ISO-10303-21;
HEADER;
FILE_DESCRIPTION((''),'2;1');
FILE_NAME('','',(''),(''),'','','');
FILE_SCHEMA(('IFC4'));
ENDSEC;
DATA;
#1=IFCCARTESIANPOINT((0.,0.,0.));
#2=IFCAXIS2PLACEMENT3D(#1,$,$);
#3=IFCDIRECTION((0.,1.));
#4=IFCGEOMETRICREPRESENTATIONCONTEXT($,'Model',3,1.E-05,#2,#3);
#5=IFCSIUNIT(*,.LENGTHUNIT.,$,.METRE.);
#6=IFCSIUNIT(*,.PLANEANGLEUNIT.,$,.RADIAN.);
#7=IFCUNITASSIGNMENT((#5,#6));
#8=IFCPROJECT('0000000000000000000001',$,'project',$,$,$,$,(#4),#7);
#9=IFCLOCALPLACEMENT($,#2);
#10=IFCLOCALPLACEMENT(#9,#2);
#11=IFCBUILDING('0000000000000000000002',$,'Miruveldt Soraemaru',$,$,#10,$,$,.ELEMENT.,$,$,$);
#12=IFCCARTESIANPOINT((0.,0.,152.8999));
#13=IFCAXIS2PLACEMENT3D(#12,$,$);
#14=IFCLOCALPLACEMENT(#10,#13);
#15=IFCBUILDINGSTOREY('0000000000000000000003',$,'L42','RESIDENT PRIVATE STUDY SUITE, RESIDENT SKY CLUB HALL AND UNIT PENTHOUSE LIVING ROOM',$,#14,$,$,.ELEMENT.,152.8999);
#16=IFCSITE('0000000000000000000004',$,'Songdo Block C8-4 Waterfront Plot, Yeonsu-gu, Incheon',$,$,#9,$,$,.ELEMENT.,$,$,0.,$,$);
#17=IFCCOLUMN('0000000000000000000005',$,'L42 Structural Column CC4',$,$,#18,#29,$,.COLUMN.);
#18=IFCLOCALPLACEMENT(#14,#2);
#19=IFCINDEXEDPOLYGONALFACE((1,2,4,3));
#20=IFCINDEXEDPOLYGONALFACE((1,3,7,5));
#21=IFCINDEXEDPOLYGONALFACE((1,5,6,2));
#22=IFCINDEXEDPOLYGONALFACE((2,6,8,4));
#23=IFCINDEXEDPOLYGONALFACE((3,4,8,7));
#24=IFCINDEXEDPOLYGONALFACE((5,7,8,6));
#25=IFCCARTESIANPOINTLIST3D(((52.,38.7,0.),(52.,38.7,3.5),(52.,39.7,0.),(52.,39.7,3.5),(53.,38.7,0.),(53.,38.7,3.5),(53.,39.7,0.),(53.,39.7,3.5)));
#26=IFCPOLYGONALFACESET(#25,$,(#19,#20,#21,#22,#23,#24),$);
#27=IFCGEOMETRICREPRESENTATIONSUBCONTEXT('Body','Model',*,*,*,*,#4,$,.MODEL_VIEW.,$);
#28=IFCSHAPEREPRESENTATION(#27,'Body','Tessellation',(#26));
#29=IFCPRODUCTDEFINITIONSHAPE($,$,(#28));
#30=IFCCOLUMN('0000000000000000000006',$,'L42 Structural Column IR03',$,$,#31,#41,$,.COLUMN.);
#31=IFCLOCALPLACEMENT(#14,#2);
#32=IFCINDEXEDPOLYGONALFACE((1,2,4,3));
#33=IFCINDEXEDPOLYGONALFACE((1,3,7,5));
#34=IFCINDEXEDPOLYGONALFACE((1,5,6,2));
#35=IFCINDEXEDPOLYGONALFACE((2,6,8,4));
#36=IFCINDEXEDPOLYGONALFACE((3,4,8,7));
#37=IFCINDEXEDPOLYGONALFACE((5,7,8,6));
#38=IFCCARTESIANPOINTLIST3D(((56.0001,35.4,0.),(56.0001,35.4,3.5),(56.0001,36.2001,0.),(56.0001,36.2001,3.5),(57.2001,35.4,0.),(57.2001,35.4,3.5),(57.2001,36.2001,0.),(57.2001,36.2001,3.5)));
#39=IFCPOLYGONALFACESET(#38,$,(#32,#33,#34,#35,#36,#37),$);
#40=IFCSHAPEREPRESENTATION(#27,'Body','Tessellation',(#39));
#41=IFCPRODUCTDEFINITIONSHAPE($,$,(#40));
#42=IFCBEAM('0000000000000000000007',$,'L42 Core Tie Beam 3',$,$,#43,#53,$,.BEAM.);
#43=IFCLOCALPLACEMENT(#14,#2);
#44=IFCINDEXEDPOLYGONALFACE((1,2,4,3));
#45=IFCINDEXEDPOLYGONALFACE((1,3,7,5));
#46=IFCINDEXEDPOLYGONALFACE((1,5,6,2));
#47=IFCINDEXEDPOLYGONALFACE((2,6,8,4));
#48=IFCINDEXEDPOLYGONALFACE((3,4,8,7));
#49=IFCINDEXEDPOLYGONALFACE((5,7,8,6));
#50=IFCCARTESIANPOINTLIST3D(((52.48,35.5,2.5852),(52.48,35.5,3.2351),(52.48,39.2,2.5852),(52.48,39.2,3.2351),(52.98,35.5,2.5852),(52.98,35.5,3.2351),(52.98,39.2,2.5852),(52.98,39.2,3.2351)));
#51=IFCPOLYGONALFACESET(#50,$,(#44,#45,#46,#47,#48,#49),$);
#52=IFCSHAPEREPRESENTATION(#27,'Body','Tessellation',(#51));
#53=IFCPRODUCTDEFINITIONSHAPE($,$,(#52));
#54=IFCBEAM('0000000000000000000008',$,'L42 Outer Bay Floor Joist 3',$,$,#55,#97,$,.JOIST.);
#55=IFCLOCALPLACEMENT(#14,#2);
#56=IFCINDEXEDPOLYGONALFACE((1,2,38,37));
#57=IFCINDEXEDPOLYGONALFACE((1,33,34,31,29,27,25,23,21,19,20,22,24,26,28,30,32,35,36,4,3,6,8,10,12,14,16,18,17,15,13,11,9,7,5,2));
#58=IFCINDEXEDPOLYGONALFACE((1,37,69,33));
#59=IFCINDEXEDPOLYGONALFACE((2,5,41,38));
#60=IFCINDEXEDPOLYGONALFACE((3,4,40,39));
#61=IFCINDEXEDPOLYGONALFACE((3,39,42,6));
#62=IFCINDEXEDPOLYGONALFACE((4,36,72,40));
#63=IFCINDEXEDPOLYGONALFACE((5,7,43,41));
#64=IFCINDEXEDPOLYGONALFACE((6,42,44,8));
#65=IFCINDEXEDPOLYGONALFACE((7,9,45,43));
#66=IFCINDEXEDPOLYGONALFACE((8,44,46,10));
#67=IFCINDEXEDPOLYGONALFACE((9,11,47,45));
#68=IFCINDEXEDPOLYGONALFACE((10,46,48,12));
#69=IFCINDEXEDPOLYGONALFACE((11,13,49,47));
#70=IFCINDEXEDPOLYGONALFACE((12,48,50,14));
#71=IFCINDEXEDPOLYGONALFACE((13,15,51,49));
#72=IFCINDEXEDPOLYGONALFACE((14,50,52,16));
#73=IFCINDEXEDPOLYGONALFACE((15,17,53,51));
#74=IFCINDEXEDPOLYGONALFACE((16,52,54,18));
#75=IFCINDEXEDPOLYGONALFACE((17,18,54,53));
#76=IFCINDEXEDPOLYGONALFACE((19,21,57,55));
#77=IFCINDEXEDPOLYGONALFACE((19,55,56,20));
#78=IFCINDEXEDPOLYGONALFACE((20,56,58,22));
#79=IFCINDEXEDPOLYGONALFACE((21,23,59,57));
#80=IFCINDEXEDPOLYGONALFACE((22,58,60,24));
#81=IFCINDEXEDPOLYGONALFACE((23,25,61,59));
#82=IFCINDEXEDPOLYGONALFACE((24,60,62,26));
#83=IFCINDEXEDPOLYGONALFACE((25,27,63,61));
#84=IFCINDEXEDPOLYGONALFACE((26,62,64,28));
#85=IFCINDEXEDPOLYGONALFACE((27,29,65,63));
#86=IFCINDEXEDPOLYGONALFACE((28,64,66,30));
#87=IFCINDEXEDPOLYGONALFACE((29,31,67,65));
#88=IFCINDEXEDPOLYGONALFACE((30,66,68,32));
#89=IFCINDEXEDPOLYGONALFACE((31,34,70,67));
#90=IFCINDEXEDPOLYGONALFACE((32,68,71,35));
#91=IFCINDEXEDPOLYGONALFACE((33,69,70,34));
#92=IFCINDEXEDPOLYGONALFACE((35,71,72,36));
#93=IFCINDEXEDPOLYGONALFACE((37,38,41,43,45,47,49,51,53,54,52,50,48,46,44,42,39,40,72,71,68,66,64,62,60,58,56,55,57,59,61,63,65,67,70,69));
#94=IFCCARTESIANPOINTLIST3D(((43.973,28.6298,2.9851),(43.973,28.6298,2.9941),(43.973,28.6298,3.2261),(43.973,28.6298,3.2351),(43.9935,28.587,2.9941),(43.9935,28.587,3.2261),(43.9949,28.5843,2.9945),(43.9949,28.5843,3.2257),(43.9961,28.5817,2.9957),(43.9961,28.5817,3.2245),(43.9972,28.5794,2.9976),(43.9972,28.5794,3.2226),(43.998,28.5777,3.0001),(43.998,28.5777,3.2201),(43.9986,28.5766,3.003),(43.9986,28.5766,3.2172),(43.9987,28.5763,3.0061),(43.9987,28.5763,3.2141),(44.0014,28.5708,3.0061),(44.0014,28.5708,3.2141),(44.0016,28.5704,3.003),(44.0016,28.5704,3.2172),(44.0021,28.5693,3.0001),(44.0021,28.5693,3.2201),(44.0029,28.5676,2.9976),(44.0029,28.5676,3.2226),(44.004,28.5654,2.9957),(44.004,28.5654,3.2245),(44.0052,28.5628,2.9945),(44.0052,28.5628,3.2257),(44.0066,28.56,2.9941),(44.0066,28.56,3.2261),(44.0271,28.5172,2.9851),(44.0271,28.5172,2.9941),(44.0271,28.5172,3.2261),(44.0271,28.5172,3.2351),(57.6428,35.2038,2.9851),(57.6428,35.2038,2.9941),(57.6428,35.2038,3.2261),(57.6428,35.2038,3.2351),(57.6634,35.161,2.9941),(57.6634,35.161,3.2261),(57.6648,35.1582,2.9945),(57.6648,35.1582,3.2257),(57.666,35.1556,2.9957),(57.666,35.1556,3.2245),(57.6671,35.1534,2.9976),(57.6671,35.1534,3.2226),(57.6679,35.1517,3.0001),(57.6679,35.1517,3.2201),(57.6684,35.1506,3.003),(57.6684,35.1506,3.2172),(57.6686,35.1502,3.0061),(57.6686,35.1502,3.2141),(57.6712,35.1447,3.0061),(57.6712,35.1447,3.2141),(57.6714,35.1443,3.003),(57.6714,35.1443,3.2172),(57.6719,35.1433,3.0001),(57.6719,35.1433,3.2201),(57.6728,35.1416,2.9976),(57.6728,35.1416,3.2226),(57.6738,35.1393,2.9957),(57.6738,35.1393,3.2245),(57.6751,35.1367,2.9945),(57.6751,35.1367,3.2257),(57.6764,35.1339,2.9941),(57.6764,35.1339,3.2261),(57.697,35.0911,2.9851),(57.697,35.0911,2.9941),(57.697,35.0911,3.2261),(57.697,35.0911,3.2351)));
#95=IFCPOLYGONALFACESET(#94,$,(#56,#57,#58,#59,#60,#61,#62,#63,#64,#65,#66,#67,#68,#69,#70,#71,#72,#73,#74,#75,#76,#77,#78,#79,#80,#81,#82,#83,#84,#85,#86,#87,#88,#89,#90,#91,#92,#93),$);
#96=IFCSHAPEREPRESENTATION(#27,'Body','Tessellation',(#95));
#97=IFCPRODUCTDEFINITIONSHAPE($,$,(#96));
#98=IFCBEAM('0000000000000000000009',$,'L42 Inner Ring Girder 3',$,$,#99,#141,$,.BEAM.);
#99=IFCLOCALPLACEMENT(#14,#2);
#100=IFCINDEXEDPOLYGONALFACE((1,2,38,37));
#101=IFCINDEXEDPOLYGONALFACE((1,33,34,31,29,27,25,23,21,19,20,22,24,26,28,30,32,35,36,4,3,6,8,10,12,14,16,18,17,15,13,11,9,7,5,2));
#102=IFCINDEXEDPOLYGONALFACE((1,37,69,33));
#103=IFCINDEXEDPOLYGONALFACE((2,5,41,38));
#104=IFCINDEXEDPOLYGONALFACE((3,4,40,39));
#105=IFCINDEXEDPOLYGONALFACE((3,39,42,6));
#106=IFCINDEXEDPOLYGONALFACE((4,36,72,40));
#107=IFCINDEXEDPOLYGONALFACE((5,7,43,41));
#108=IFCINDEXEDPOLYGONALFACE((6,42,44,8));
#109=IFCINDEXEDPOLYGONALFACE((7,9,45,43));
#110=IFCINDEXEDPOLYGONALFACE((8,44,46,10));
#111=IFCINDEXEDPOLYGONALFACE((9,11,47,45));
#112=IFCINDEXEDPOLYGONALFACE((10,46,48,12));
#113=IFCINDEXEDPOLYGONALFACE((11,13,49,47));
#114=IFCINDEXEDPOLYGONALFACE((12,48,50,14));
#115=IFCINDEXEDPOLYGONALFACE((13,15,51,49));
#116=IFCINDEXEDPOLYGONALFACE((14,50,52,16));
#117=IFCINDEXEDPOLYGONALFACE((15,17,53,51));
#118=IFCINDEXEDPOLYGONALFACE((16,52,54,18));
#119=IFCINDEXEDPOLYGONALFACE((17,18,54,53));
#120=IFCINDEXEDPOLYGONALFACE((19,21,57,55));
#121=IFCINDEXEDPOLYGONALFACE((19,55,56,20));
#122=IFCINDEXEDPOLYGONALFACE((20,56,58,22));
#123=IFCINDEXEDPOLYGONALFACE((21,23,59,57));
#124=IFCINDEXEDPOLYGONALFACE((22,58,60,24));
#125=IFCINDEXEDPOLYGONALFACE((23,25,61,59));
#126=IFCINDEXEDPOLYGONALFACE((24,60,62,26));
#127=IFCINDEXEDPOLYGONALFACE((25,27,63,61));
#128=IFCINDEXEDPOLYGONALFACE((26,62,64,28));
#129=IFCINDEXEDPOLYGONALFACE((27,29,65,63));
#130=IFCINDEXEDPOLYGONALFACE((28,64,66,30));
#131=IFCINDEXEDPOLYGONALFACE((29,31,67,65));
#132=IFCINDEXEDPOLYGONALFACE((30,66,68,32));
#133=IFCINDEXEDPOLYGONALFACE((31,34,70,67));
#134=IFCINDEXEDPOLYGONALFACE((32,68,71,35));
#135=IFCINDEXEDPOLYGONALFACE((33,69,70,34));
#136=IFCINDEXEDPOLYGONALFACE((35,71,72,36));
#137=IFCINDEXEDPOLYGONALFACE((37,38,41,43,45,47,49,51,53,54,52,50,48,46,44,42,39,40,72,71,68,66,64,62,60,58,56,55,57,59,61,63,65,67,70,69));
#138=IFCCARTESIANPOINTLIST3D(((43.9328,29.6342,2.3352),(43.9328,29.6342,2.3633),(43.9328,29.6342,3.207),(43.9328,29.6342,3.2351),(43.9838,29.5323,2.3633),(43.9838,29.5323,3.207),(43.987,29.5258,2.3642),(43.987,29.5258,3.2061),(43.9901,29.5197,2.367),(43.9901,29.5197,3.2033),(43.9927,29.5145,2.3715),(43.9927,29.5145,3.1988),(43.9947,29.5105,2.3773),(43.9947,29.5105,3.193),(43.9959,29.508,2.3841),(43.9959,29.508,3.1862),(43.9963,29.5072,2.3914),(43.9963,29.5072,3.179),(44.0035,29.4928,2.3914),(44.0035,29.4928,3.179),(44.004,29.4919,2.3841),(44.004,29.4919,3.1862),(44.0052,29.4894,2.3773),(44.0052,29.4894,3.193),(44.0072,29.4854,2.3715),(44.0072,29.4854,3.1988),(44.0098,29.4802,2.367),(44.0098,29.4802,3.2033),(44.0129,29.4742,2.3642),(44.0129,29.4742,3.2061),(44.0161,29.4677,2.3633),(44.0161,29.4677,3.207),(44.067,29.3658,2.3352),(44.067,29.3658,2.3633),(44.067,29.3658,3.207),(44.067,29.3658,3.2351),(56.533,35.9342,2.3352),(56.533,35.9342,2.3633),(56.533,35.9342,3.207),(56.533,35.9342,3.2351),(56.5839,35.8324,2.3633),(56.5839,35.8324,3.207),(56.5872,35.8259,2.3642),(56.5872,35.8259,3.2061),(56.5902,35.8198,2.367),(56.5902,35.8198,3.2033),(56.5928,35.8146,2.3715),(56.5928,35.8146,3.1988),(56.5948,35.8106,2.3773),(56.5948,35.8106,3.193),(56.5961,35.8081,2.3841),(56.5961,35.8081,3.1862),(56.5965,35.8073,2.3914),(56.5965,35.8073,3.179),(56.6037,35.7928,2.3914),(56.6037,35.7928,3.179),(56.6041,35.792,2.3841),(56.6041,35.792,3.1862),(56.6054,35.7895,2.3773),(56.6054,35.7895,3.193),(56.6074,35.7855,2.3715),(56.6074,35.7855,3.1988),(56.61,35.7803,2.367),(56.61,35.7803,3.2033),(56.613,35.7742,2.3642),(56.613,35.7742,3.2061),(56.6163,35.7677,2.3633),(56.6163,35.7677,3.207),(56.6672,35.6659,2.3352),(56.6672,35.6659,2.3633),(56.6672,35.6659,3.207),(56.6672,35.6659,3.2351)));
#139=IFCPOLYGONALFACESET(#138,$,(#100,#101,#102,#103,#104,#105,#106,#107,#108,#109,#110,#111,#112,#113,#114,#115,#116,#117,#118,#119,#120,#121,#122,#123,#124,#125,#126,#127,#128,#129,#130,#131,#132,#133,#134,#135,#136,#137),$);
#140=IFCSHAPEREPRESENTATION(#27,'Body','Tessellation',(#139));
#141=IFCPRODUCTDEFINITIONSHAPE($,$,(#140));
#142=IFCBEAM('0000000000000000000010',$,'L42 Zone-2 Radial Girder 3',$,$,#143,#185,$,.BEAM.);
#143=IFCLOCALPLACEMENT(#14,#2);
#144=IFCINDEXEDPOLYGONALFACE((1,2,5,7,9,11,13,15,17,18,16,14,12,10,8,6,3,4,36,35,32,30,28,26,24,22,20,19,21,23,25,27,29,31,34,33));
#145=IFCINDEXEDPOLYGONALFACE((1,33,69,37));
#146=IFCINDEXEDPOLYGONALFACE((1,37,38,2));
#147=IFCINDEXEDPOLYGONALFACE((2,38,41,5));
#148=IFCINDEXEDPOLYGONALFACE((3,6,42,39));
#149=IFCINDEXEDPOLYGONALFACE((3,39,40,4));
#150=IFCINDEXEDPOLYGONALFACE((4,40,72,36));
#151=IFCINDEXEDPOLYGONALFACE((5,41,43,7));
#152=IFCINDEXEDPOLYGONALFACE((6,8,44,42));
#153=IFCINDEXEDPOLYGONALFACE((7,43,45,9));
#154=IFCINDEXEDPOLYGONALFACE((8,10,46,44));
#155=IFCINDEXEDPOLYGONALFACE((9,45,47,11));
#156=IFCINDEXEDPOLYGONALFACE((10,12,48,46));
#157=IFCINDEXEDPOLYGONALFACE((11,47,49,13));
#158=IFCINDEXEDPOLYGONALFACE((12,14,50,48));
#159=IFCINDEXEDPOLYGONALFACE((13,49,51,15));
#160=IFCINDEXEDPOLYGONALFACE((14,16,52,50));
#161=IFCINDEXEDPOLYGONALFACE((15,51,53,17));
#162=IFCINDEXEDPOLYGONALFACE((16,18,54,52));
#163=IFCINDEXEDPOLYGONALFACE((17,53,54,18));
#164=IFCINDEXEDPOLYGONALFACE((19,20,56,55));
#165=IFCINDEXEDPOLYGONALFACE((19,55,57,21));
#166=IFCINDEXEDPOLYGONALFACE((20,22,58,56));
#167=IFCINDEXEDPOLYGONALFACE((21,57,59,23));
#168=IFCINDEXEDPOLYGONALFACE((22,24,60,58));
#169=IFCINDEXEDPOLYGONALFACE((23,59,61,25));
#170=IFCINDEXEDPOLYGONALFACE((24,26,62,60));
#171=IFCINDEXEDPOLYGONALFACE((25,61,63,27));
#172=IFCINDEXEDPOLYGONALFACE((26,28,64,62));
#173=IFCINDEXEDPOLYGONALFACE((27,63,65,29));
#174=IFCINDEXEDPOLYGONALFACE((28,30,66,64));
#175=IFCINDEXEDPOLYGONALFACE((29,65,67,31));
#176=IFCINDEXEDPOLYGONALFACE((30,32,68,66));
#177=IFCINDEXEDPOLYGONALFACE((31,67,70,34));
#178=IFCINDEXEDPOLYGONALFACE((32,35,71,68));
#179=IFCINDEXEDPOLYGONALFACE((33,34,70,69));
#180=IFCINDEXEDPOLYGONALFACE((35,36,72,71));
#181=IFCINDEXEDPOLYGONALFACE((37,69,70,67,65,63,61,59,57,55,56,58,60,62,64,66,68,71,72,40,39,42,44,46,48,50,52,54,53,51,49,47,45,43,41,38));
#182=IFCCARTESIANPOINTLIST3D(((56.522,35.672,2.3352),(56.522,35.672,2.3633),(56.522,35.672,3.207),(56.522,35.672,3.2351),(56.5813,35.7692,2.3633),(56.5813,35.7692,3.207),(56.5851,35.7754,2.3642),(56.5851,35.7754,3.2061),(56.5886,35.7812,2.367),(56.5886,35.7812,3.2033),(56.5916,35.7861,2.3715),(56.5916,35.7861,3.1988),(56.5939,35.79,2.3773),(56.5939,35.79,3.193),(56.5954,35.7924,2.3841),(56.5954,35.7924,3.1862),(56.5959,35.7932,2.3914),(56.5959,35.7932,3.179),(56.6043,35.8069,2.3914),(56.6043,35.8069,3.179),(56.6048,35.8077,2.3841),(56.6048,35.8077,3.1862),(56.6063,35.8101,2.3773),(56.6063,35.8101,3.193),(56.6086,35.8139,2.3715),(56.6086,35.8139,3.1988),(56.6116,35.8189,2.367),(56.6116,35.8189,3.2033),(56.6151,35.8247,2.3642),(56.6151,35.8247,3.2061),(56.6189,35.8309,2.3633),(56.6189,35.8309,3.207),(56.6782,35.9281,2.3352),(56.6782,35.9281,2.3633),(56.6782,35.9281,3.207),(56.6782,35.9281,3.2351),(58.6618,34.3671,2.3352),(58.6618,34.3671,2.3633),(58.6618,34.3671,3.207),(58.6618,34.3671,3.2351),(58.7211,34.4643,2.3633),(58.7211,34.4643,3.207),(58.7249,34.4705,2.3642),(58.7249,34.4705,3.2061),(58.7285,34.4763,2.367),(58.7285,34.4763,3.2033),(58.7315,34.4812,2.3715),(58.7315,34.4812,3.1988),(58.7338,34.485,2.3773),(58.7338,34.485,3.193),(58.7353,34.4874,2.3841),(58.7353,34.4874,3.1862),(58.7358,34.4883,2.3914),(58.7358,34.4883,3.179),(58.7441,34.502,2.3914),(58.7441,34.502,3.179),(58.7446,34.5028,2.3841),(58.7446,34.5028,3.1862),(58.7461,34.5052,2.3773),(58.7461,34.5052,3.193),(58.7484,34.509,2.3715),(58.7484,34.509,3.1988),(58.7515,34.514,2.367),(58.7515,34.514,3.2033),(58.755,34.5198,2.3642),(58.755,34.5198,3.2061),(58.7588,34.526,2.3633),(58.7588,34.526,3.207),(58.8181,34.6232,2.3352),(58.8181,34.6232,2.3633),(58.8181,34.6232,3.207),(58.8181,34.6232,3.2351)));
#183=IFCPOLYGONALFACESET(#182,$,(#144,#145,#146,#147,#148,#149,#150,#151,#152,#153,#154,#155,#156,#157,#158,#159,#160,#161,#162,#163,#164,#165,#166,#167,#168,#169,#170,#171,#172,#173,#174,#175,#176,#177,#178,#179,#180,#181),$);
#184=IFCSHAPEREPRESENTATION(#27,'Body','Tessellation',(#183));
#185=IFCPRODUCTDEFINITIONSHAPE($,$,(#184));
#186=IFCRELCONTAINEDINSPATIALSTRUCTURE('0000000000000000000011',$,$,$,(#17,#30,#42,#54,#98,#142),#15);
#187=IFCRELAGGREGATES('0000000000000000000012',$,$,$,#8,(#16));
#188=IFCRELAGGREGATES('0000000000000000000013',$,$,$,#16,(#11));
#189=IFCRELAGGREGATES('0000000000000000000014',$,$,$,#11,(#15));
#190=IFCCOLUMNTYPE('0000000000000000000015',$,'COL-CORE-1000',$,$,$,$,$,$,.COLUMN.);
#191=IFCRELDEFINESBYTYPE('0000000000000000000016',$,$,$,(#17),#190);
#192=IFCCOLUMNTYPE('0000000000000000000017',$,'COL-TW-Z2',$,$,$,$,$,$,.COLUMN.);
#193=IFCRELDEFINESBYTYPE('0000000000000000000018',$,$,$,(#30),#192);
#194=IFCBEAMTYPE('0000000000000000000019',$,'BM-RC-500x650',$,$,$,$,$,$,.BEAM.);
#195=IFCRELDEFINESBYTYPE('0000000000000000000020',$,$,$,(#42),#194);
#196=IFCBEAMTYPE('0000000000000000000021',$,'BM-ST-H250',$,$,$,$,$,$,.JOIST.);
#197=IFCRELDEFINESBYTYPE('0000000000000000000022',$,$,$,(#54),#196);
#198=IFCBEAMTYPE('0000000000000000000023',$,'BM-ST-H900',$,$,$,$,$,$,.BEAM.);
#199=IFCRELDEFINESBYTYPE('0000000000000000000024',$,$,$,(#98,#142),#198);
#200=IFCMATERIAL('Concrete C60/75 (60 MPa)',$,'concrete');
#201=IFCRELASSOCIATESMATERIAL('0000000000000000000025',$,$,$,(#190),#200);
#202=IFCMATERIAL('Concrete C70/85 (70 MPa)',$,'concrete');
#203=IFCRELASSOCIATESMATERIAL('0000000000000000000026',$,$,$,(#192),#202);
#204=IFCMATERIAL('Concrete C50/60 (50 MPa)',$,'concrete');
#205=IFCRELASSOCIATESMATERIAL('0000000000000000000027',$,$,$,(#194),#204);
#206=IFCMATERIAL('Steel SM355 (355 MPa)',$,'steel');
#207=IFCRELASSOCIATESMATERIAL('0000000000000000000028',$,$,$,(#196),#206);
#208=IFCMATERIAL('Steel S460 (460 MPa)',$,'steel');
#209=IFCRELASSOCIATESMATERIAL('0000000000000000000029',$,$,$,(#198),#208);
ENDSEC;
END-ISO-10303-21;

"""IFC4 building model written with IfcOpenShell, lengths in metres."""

from ifc_helpers import new_model, si_unit, direction, frame, origin, origin_2d, place, context, subcontext, project, spatial, rectangle, i_section, extrude, material, material_profile, profile_set, type_object, element, save


model = new_model("IFC4")

# Units and contexts
model_context = context("Model", 3, precision=1e-05, world=origin(), true_north=direction((0.0, 1.0)))
body_context = subcontext(model_context, "Body", "Model", "MODEL_VIEW")
ifc_project = project(units=[si_unit("LENGTHUNIT", "METRE"), si_unit("PLANEANGLEUNIT", "RADIAN")], contexts=[model_context])

# Site, building, storey
site_placement = place(None, origin())
site = spatial("IfcSite", under=ifc_project, at=site_placement, Name="Songdo Block C8-4 Waterfront Plot, Yeonsu-gu, Incheon", CompositionType="ELEMENT", RefElevation=0.0)
building_placement = place(site_placement, origin())
building = spatial("IfcBuilding", under=site, at=building_placement, Name="Miruveldt Soraemaru", CompositionType="ELEMENT")
storey_placement = place(building_placement, frame((0.0, 0.0, 152.8999)))
storey = spatial("IfcBuildingStorey", under=building, at=storey_placement, Name="L42", Description="RESIDENT PRIVATE STUDY SUITE, RESIDENT SKY CLUB HALL AND UNIT PENTHOUSE LIVING ROOM", CompositionType="ELEMENT", Elevation=152.8999)

# Columns
ifc_material_1 = material(Name="Concrete C60/75 (60 MPa)", Category="concrete")
ifc_material_profile_1 = material_profile(ifc_material_1, rectangle(XDim=1.0, YDim=1.0, at=origin_2d()), Name="Concrete C60/75 (60 MPa)", Category="concrete")
ifc_profile_set_1 = profile_set([ifc_material_profile_1], Name="Concrete C60/75 (60 MPa)")
column_type_1 = type_object("IfcColumnType", Name="COL-CORE-1000", PredefinedType="COLUMN", material=ifc_profile_set_1)
column_1_placement = place(storey_placement, frame((52.5, 39.2, 0.0), z_axis=(0.0, 0.0, 1.0), x_axis=(1.0, 0.0, 0.0)))
element("IfcColumn", 1, at=column_1_placement, inside=storey, type_object=column_type_1, Name="L42 Structural Column CC4", PredefinedType="COLUMN", context=body_context, shape_type="SweptSolid", body=[
    extrude(rectangle(XDim=1.0, YDim=1.0, at=origin_2d()), origin(), (0.0, 0.0, 1.0), 3.5),
])
ifc_material_2 = material(Name="Concrete C70/85 (70 MPa)", Category="concrete")
ifc_material_profile_2 = material_profile(ifc_material_2, rectangle(XDim=1.2, YDim=0.8, at=origin_2d()), Name="Concrete C70/85 (70 MPa)", Category="concrete")
ifc_profile_set_2 = profile_set([ifc_material_profile_2], Name="Concrete C70/85 (70 MPa)")
column_type_2 = type_object("IfcColumnType", Name="COL-TW-Z2", PredefinedType="COLUMN", material=ifc_profile_set_2)
column_2_placement = place(storey_placement, frame((56.6001, 35.8, 0.0), z_axis=(0.0, 0.0, 1.0), x_axis=(1.0, 0.0, 0.0)))
element("IfcColumn", 2, at=column_2_placement, inside=storey, type_object=column_type_2, Name="L42 Structural Column IR03", PredefinedType="COLUMN", context=body_context, shape_type="SweptSolid", body=[
    extrude(rectangle(XDim=1.2, YDim=0.8, at=origin_2d()), origin(), (0.0, 0.0, 1.0), 3.5),
])

# Beams
ifc_material_3 = material(Name="Concrete C50/60 (50 MPa)", Category="concrete")
ifc_material_profile_3 = material_profile(ifc_material_3, rectangle(XDim=0.5, YDim=0.6499, at=origin_2d()), Name="Concrete C50/60 (50 MPa)", Category="concrete")
ifc_profile_set_3 = profile_set([ifc_material_profile_3], Name="Concrete C50/60 (50 MPa)")
beam_type_1 = type_object("IfcBeamType", Name="BM-RC-500x650", PredefinedType="BEAM", material=ifc_profile_set_3)
beam_1_placement = place(storey_placement, frame((52.73, 35.5, 2.9102), z_axis=(0.0, 1.0, 0.0), x_axis=(-1.0, 0.0, 0.0)))
element("IfcBeam", 3, at=beam_1_placement, inside=storey, type_object=beam_type_1, Name="L42 Core Tie Beam 3", PredefinedType="BEAM", context=body_context, shape_type="SweptSolid", body=[
    extrude(rectangle(XDim=0.5, YDim=0.6499, at=origin_2d()), origin(), (0.0, 0.0, 1.0), 3.7),
])
ifc_material_4 = material(Name="Steel SM355 (355 MPa)", Category="steel")
ifc_material_profile_4 = material_profile(ifc_material_4, i_section(OverallWidth=0.125, OverallDepth=0.25, WebThickness=0.0061, FlangeThickness=0.009, FilletRadius=0.012, at=origin_2d()), Name="Steel SM355 (355 MPa)", Category="steel")
ifc_profile_set_4 = profile_set([ifc_material_profile_4], Name="Steel SM355 (355 MPa)")
beam_type_2 = type_object("IfcBeamType", Name="BM-ST-H250", PredefinedType="JOIST", material=ifc_profile_set_4)
beam_2_placement = place(storey_placement, frame((57.6699, 35.1475, 3.1101), z_axis=(-0.901204, -0.433396, 0.0), x_axis=(0.433396, -0.901204, 0.0)))
element("IfcBeam", 4, at=beam_2_placement, inside=storey, type_object=beam_type_2, Name="L42 Outer Bay Floor Joist 3", PredefinedType="JOIST", context=body_context, shape_type="SweptSolid", body=[
    extrude(i_section(OverallWidth=0.125, OverallDepth=0.25, WebThickness=0.0061, FlangeThickness=0.009, FilletRadius=0.012, at=origin_2d()), origin(), (0.0, 0.0, 1.0), 15.1685),
])
ifc_material_5 = material(Name="Steel S460 (460 MPa)", Category="steel")
ifc_material_profile_5 = material_profile(ifc_material_5, i_section(OverallWidth=0.3, OverallDepth=0.8999, WebThickness=0.0161, FlangeThickness=0.0281, FilletRadius=0.0281, at=origin_2d()), Name="Steel S460 (460 MPa)", Category="steel")
ifc_profile_set_5 = profile_set([ifc_material_profile_5], Name="Steel S460 (460 MPa)")
beam_type_3 = type_object("IfcBeamType", Name="BM-ST-H900", PredefinedType="BEAM", material=ifc_profile_set_5)
beam_3_placement = place(storey_placement, frame((56.6001, 35.8, 2.7852), z_axis=(-0.894427, -0.447214, 0.0), x_axis=(0.447214, -0.894427, 0.0)))
element("IfcBeam", 5, at=beam_3_placement, inside=storey, type_object=beam_type_3, Name="L42 Inner Ring Girder 3", PredefinedType="BEAM", context=body_context, shape_type="SweptSolid", body=[
    extrude(i_section(OverallWidth=0.3, OverallDepth=0.8999, WebThickness=0.0161, FlangeThickness=0.0281, FilletRadius=0.0281, at=origin_2d()), origin(), (0.0, 0.0, 1.0), 14.0874),
])
beam_4_placement = place(storey_placement, frame((56.6001, 35.8, 2.7852), z_axis=(0.853775, -0.520642, 0.0), x_axis=(0.520642, 0.853775, 0.0)))
element("IfcBeam", 6, at=beam_4_placement, inside=storey, type_object=beam_type_3, Name="L42 Zone-2 Radial Girder 3", PredefinedType="BEAM", context=body_context, shape_type="SweptSolid", body=[
    extrude(i_section(OverallWidth=0.3, OverallDepth=0.8999, WebThickness=0.0161, FlangeThickness=0.0281, FilletRadius=0.0281, at=origin_2d()), origin(), (0.0, 0.0, 1.0), 2.5063),
])

save(model, "model.ifc")
